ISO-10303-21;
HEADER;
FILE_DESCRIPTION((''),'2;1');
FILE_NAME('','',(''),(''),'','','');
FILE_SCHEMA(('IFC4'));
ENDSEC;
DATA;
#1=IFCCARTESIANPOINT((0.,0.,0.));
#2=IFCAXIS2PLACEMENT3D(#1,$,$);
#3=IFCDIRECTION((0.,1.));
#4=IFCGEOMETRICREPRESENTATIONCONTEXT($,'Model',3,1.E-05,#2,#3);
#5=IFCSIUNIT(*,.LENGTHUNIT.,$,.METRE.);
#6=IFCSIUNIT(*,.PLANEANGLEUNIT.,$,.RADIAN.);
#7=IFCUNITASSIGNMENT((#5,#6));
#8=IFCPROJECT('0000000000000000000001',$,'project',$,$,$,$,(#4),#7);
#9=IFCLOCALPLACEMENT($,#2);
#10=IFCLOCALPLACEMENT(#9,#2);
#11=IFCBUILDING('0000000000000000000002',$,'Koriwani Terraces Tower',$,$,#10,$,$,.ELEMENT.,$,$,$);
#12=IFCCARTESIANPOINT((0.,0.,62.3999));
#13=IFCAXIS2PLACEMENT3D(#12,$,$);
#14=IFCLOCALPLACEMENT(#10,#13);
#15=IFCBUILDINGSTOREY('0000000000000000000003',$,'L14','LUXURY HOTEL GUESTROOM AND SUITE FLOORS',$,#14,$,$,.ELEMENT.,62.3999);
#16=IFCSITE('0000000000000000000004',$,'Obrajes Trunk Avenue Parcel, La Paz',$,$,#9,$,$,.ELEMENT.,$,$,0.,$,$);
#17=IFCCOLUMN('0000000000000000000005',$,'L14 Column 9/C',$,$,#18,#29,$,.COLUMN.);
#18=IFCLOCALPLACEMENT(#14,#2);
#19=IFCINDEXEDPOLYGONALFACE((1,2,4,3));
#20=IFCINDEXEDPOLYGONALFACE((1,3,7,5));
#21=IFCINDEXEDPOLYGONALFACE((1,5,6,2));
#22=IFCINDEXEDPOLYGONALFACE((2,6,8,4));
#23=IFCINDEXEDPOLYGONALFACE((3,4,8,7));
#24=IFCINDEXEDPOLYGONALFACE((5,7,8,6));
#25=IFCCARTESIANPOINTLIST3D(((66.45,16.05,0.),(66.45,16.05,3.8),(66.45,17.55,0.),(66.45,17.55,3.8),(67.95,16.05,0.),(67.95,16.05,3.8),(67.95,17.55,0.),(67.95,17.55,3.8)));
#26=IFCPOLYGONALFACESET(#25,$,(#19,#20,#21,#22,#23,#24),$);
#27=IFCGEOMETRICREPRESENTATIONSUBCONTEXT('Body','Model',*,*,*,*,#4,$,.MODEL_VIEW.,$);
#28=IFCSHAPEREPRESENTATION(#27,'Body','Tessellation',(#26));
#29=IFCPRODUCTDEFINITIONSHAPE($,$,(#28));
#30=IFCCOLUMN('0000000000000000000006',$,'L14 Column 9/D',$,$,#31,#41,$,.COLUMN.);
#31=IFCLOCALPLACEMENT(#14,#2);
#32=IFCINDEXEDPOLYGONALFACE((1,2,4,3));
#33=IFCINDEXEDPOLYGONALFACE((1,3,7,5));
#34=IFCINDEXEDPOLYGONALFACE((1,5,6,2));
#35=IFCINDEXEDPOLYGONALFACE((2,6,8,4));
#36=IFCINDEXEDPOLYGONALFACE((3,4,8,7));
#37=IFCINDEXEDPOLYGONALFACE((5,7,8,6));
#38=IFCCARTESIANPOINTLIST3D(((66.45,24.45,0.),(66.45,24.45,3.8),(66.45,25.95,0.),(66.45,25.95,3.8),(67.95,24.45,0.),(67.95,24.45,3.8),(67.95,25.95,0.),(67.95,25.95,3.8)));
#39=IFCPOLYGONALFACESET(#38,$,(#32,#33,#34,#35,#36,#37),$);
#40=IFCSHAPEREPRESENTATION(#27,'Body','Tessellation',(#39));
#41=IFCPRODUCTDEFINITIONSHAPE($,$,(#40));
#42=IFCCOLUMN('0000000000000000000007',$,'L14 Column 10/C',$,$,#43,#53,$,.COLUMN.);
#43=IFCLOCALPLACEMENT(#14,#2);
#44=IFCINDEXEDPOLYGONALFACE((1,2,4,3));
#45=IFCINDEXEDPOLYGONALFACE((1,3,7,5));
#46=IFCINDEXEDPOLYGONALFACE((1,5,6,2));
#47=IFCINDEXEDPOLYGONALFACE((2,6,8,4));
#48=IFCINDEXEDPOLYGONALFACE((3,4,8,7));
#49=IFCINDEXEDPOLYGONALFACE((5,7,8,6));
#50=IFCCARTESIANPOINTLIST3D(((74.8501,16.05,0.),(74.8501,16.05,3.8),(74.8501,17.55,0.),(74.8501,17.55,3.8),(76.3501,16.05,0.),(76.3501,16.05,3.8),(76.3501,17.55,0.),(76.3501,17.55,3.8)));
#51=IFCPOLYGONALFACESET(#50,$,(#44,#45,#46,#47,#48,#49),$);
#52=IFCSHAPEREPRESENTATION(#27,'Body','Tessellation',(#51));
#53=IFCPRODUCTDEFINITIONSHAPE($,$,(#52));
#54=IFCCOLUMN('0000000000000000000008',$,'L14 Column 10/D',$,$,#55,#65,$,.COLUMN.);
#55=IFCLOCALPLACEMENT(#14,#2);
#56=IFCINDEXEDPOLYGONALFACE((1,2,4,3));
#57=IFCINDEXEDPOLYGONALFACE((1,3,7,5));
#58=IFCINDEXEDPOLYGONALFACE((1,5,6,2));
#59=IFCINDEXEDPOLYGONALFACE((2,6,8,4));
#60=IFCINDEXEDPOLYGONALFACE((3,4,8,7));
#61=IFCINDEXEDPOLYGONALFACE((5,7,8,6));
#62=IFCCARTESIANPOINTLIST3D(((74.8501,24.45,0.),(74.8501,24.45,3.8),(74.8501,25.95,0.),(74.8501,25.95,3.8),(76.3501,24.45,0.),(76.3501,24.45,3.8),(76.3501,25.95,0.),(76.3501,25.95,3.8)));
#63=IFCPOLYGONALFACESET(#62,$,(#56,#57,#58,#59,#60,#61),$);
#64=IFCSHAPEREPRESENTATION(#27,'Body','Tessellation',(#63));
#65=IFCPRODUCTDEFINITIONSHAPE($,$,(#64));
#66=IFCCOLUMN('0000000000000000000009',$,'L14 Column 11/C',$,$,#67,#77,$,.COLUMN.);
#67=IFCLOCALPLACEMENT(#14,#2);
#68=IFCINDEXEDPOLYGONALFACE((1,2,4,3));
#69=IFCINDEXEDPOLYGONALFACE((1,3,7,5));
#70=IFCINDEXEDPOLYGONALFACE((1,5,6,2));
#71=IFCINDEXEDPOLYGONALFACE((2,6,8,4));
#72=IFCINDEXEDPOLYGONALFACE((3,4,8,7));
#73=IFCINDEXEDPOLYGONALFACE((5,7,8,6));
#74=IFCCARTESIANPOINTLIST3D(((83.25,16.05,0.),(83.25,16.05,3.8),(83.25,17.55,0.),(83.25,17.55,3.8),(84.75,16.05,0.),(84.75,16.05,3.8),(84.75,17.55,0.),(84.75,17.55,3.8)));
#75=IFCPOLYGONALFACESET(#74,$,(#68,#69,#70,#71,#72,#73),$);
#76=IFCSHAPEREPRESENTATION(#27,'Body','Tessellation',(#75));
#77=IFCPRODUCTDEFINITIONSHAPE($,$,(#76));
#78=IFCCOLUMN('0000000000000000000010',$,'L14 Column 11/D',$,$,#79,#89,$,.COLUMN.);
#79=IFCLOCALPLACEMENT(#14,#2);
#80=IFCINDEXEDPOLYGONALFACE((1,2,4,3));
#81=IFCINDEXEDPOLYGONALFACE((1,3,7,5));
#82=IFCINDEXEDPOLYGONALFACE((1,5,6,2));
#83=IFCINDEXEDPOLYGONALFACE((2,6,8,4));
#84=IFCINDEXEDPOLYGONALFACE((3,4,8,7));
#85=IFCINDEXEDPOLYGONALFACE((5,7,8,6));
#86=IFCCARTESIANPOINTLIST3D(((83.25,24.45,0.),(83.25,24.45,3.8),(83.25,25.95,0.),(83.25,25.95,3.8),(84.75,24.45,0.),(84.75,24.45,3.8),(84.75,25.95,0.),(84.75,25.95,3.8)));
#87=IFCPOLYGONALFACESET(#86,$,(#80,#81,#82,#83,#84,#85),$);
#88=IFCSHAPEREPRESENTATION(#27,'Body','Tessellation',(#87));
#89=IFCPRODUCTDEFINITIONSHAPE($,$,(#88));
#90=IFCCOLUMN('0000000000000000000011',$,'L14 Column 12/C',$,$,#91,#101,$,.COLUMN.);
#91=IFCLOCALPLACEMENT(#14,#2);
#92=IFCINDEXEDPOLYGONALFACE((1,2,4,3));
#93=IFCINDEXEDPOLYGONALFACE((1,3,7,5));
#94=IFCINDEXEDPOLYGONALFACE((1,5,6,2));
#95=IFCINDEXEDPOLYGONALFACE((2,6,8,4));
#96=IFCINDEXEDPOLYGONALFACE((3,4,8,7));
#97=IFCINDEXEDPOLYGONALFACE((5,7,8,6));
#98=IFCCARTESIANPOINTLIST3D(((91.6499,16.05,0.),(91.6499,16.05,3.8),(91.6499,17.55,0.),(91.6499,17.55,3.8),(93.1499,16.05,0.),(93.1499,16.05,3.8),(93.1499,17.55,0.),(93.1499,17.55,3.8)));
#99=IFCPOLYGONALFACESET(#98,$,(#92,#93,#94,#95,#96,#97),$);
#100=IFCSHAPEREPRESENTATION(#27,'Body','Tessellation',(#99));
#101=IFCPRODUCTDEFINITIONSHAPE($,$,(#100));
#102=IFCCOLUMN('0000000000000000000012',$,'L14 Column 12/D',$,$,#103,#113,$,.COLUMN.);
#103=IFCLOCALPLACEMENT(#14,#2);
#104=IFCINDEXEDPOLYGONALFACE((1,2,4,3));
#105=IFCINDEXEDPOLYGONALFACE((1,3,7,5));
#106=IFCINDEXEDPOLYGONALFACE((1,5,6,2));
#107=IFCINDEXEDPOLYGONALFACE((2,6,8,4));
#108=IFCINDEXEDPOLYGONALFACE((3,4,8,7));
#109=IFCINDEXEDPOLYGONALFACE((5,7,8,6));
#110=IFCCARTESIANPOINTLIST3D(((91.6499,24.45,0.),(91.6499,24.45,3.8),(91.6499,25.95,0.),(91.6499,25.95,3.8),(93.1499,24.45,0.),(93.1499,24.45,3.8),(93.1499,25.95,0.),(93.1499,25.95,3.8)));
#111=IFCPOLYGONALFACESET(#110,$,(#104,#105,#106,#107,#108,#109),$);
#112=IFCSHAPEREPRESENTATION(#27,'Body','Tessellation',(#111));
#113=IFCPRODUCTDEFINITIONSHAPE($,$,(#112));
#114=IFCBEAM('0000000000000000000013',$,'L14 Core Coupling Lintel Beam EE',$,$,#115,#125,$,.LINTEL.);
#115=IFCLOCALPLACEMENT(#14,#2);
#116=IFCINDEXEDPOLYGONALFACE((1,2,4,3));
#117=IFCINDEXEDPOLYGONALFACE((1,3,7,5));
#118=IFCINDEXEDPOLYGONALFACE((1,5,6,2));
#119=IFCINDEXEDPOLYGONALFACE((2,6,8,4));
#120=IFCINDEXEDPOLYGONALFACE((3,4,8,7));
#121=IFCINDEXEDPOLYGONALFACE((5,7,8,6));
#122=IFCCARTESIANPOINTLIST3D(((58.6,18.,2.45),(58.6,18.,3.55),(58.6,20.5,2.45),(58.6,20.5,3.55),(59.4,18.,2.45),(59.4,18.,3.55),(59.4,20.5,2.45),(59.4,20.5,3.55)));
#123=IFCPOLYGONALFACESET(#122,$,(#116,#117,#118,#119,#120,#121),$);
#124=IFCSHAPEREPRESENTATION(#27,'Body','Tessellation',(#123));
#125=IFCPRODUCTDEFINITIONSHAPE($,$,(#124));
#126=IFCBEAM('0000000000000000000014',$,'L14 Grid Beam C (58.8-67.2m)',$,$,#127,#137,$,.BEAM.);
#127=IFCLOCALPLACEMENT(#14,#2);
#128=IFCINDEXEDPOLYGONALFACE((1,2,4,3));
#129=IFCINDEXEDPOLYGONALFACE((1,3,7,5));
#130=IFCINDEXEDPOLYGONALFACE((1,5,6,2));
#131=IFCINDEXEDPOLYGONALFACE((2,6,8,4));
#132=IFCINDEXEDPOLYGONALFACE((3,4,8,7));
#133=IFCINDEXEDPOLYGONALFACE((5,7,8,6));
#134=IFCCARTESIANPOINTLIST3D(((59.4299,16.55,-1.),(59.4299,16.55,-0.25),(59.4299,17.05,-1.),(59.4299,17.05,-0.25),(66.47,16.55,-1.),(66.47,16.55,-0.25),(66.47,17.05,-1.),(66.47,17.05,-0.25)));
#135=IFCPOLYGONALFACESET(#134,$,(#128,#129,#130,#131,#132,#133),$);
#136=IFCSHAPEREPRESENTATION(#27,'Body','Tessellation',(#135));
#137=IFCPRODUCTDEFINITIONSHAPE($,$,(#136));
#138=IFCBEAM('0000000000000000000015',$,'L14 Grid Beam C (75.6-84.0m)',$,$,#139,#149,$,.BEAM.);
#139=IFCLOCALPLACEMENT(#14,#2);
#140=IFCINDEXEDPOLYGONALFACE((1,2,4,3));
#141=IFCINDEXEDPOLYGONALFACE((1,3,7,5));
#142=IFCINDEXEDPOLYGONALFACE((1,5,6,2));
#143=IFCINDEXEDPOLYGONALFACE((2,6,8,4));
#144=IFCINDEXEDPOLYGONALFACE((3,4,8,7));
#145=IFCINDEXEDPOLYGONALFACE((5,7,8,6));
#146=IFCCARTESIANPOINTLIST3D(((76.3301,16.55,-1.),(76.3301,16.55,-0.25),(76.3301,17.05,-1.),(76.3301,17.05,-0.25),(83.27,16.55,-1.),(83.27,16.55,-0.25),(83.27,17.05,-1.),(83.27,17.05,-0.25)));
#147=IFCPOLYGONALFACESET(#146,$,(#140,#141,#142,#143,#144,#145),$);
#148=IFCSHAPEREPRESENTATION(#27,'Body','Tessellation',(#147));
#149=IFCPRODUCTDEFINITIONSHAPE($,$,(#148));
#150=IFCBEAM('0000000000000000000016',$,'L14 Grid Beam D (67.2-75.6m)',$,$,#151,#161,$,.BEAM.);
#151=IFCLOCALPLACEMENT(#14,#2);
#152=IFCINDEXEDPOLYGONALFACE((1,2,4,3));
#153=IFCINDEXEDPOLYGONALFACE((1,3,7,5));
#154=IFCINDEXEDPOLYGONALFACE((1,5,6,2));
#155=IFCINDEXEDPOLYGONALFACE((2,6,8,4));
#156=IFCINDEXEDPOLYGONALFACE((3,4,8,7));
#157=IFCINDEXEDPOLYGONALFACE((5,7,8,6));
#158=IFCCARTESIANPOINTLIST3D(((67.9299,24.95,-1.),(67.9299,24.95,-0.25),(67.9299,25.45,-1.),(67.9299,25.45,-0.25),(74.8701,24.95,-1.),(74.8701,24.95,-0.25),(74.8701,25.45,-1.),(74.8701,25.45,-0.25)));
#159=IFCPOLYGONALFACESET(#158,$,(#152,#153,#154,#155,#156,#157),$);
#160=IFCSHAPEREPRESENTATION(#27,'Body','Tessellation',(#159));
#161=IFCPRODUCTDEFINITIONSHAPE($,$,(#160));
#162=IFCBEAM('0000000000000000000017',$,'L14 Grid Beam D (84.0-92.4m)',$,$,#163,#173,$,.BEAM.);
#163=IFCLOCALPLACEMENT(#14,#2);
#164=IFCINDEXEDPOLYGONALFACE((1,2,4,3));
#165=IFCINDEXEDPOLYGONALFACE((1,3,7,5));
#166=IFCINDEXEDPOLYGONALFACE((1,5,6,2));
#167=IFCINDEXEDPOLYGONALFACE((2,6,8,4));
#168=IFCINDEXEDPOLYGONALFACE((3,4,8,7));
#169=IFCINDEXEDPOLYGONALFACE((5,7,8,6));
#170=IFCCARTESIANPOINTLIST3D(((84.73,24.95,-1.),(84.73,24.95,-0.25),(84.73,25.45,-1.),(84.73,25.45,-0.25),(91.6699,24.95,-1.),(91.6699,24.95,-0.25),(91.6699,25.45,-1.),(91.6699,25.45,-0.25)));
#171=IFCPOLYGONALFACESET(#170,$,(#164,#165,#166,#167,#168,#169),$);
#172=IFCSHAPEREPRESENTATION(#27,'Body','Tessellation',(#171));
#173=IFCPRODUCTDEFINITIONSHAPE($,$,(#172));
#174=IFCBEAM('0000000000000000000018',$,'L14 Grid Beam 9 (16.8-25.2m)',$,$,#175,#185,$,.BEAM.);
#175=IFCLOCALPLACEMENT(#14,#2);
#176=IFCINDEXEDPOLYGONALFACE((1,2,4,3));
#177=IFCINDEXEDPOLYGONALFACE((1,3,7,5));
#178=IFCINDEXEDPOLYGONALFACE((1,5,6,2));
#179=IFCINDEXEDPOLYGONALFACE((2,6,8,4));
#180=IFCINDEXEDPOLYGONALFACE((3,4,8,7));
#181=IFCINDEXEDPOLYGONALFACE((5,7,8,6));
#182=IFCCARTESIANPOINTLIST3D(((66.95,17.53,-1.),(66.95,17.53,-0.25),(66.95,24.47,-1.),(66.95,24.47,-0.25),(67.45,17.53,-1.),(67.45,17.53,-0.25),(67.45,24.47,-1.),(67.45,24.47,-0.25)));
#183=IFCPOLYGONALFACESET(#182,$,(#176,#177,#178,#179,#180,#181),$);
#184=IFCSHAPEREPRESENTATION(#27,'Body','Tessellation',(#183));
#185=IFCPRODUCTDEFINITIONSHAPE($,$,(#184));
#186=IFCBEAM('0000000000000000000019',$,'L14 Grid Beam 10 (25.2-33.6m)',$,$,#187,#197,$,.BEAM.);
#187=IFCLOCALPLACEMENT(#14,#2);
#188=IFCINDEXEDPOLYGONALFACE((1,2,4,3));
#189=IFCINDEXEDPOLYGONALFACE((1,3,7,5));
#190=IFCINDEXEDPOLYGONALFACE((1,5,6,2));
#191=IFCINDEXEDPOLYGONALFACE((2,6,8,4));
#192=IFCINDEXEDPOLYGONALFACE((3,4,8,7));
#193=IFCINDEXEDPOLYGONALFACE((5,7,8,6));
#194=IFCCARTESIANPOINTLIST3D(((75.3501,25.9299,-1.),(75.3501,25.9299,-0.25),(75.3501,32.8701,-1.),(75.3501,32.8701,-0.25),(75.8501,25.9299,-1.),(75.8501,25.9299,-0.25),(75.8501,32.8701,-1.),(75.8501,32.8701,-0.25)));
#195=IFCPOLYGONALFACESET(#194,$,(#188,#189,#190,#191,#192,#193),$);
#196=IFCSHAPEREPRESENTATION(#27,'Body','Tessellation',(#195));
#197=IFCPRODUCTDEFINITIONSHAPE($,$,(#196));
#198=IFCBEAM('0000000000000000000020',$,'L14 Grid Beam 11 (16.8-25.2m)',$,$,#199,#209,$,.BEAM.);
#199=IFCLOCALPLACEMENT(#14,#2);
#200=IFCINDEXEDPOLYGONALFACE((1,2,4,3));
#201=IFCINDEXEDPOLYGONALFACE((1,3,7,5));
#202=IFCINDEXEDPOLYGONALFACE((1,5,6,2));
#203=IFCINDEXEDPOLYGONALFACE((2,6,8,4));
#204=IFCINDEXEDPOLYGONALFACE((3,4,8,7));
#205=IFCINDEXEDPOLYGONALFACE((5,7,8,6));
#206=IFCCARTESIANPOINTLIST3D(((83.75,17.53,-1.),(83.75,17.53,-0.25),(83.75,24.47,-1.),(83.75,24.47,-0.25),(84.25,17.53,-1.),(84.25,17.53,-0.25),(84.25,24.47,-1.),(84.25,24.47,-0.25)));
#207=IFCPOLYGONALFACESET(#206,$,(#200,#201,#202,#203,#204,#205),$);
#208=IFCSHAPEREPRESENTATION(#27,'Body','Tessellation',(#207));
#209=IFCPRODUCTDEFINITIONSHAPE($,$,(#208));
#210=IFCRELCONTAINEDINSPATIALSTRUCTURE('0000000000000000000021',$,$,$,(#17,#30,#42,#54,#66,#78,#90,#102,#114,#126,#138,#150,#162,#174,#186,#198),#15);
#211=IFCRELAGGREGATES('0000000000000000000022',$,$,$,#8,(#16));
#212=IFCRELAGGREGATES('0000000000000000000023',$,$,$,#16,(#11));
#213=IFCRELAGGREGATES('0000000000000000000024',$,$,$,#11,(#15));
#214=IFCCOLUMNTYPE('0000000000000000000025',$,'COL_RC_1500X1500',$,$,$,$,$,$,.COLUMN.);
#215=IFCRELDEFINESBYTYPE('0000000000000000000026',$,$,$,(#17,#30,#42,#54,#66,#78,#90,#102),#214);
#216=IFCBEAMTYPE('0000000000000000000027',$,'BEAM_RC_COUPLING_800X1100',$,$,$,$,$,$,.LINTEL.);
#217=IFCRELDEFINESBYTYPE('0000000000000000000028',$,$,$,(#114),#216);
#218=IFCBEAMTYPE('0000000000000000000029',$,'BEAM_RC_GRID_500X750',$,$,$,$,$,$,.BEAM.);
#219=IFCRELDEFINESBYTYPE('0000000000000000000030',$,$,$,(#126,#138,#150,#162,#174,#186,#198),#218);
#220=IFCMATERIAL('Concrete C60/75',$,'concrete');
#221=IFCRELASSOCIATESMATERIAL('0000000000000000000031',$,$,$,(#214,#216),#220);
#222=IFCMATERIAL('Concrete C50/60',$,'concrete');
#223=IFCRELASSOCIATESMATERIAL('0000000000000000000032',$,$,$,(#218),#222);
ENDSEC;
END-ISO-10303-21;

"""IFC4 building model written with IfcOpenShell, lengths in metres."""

from ifc_helpers import new_model, si_unit, direction, frame, origin, origin_2d, place, context, subcontext, project, spatial, rectangle, extrude, material, material_profile, profile_set, type_object, element, save


model = new_model("IFC4")

# Units and contexts
model_context = context("Model", 3, precision=1e-05, world=origin(), true_north=direction((0.0, 1.0)))
body_context = subcontext(model_context, "Body", "Model", "MODEL_VIEW")
ifc_project = project(units=[si_unit("LENGTHUNIT", "METRE"), si_unit("PLANEANGLEUNIT", "RADIAN")], contexts=[model_context])

# Site, building, storey
site_placement = place(None, origin())
site = spatial("IfcSite", under=ifc_project, at=site_placement, Name="Obrajes Trunk Avenue Parcel, La Paz", CompositionType="ELEMENT", RefElevation=0.0)
building_placement = place(site_placement, origin())
building = spatial("IfcBuilding", under=site, at=building_placement, Name="Koriwani Terraces Tower", CompositionType="ELEMENT")
storey_placement = place(building_placement, frame((0.0, 0.0, 62.3999)))
storey = spatial("IfcBuildingStorey", under=building, at=storey_placement, Name="L14", Description="LUXURY HOTEL GUESTROOM AND SUITE FLOORS", CompositionType="ELEMENT", Elevation=62.3999)

# Columns
ifc_material_1 = material(Name="Concrete C60/75", Category="concrete")
ifc_material_profile_1 = material_profile(ifc_material_1, rectangle(XDim=1.5, YDim=1.5, at=origin_2d()), Name="Concrete C60/75", Category="LoadBearing")
ifc_profile_set_1 = profile_set([ifc_material_profile_1], Name="Concrete C60/75")
column_type = type_object("IfcColumnType", Name="COL_RC_1500X1500", PredefinedType="COLUMN", material=ifc_profile_set_1)
for number, where, z_axis, x_axis, name in (
    (1, (67.2, 16.8, 0.0), (0.0, 0.0, 1.0), (1.0, 0.0, 0.0), "L14 Column 9/C"),
    (2, (67.2, 25.2, 0.0), (0.0, 0.0, 1.0), (1.0, 0.0, 0.0), "L14 Column 9/D"),
    (3, (75.6001, 16.8, 0.0), (0.0, 0.0, 1.0), (1.0, 0.0, 0.0), "L14 Column 10/C"),
    (4, (75.6001, 25.2, 0.0), (0.0, 0.0, 1.0), (1.0, 0.0, 0.0), "L14 Column 10/D"),
    (5, (84.0, 16.8, 0.0), (0.0, 0.0, 1.0), (1.0, 0.0, 0.0), "L14 Column 11/C"),
    (6, (84.0, 25.2, 0.0), (0.0, 0.0, 1.0), (1.0, 0.0, 0.0), "L14 Column 11/D"),
    (7, (92.3999, 16.8, 0.0), (0.0, 0.0, 1.0), (1.0, 0.0, 0.0), "L14 Column 12/C"),
    (8, (92.3999, 25.2, 0.0), (0.0, 0.0, 1.0), (1.0, 0.0, 0.0), "L14 Column 12/D"),
):
    element("IfcColumn", number, at=place(storey_placement, frame(where, z_axis=z_axis, x_axis=x_axis)), inside=storey, type_object=column_type, Name=name, PredefinedType="COLUMN", context=body_context, shape_type="SweptSolid", body=[
        extrude(rectangle(XDim=1.5, YDim=1.5, at=origin_2d()), origin(), (0.0, 0.0, 1.0), 3.8),
    ])

# Beams
ifc_material_profile_2 = material_profile(ifc_material_1, rectangle(XDim=0.8, YDim=1.1001, at=origin_2d()), Name="Concrete C60/75", Category="LoadBearing")
ifc_profile_set_2 = profile_set([ifc_material_profile_2], Name="Concrete C60/75")
beam_type_1 = type_object("IfcBeamType", Name="BEAM_RC_COUPLING_800X1100", PredefinedType="LINTEL", material=ifc_profile_set_2)
beam_1_placement = place(storey_placement, frame((59.0, 18.0, 3.0), z_axis=(0.0, 1.0, 0.0), x_axis=(-1.0, 0.0, 0.0)))
element("IfcBeam", 9, at=beam_1_placement, inside=storey, type_object=beam_type_1, Name="L14 Core Coupling Lintel Beam EE", PredefinedType="LINTEL", context=body_context, shape_type="SweptSolid", body=[
    extrude(rectangle(XDim=0.8, YDim=1.1001, at=origin_2d()), origin(), (0.0, 0.0, 1.0), 2.5),
])
ifc_material_2 = material(Name="Concrete C50/60", Category="concrete")
ifc_material_profile_3 = material_profile(ifc_material_2, rectangle(XDim=0.5, YDim=0.75, at=origin_2d()), Name="Concrete C50/60", Category="LoadBearing")
ifc_profile_set_3 = profile_set([ifc_material_profile_3], Name="Concrete C50/60")
beam_type_2 = type_object("IfcBeamType", Name="BEAM_RC_GRID_500X750", PredefinedType="BEAM", material=ifc_profile_set_3)
beam_2_placement = place(storey_placement, frame((59.4299, 16.8, -0.625), z_axis=(1.0, 0.0, 0.0), x_axis=(0.0, 1.0, 0.0)))
element("IfcBeam", 10, at=beam_2_placement, inside=storey, type_object=beam_type_2, Name="L14 Grid Beam C (58.8-67.2m)", PredefinedType="BEAM", context=body_context, shape_type="SweptSolid", body=[
    extrude(rectangle(XDim=0.5, YDim=0.75, at=origin_2d()), origin(), (0.0, 0.0, 1.0), 7.04),
])
beam_3_placement = place(storey_placement, frame((76.3301, 16.8, -0.625), z_axis=(1.0, 0.0, 0.0), x_axis=(0.0, 1.0, 0.0)))
element("IfcBeam", 11, at=beam_3_placement, inside=storey, type_object=beam_type_2, Name="L14 Grid Beam C (75.6-84.0m)", PredefinedType="BEAM", context=body_context, shape_type="SweptSolid", body=[
    extrude(rectangle(XDim=0.5, YDim=0.75, at=origin_2d()), origin(), (0.0, 0.0, 1.0), 6.9399),
])
beam_4_placement = place(storey_placement, frame((67.9299, 25.2, -0.625), z_axis=(1.0, 0.0, 0.0), x_axis=(0.0, 1.0, 0.0)))
element("IfcBeam", 12, at=beam_4_placement, inside=storey, type_object=beam_type_2, Name="L14 Grid Beam D (67.2-75.6m)", PredefinedType="BEAM", context=body_context, shape_type="SweptSolid", body=[
    extrude(rectangle(XDim=0.5, YDim=0.75, at=origin_2d()), origin(), (0.0, 0.0, 1.0), 6.9402),
])
for number, where, z_axis, x_axis, name in (
    (13, (84.73, 25.2, -0.625), (1.0, 0.0, 0.0), (0.0, 1.0, 0.0), "L14 Grid Beam D (84.0-92.4m)"),
    (14, (67.2, 17.53, -0.625), (0.0, 1.0, 0.0), (-1.0, 0.0, 0.0), "L14 Grid Beam 9 (16.8-25.2m)"),
):
    element("IfcBeam", number, at=place(storey_placement, frame(where, z_axis=z_axis, x_axis=x_axis)), inside=storey, type_object=beam_type_2, Name=name, PredefinedType="BEAM", context=body_context, shape_type="SweptSolid", body=[
        extrude(rectangle(XDim=0.5, YDim=0.75, at=origin_2d()), origin(), (0.0, 0.0, 1.0), 6.9399),
    ])
beam_5_placement = place(storey_placement, frame((75.6001, 25.9299, -0.625), z_axis=(0.0, 1.0, 0.0), x_axis=(-1.0, 0.0, 0.0)))
element("IfcBeam", 15, at=beam_5_placement, inside=storey, type_object=beam_type_2, Name="L14 Grid Beam 10 (25.2-33.6m)", PredefinedType="BEAM", context=body_context, shape_type="SweptSolid", body=[
    extrude(rectangle(XDim=0.5, YDim=0.75, at=origin_2d()), origin(), (0.0, 0.0, 1.0), 6.9402),
])
beam_6_placement = place(storey_placement, frame((84.0, 17.53, -0.625), z_axis=(0.0, 1.0, 0.0), x_axis=(-1.0, 0.0, 0.0)))
element("IfcBeam", 16, at=beam_6_placement, inside=storey, type_object=beam_type_2, Name="L14 Grid Beam 11 (16.8-25.2m)", PredefinedType="BEAM", context=body_context, shape_type="SweptSolid", body=[
    extrude(rectangle(XDim=0.5, YDim=0.75, at=origin_2d()), origin(), (0.0, 0.0, 1.0), 6.9399),
])

save(model, "model.ifc")
